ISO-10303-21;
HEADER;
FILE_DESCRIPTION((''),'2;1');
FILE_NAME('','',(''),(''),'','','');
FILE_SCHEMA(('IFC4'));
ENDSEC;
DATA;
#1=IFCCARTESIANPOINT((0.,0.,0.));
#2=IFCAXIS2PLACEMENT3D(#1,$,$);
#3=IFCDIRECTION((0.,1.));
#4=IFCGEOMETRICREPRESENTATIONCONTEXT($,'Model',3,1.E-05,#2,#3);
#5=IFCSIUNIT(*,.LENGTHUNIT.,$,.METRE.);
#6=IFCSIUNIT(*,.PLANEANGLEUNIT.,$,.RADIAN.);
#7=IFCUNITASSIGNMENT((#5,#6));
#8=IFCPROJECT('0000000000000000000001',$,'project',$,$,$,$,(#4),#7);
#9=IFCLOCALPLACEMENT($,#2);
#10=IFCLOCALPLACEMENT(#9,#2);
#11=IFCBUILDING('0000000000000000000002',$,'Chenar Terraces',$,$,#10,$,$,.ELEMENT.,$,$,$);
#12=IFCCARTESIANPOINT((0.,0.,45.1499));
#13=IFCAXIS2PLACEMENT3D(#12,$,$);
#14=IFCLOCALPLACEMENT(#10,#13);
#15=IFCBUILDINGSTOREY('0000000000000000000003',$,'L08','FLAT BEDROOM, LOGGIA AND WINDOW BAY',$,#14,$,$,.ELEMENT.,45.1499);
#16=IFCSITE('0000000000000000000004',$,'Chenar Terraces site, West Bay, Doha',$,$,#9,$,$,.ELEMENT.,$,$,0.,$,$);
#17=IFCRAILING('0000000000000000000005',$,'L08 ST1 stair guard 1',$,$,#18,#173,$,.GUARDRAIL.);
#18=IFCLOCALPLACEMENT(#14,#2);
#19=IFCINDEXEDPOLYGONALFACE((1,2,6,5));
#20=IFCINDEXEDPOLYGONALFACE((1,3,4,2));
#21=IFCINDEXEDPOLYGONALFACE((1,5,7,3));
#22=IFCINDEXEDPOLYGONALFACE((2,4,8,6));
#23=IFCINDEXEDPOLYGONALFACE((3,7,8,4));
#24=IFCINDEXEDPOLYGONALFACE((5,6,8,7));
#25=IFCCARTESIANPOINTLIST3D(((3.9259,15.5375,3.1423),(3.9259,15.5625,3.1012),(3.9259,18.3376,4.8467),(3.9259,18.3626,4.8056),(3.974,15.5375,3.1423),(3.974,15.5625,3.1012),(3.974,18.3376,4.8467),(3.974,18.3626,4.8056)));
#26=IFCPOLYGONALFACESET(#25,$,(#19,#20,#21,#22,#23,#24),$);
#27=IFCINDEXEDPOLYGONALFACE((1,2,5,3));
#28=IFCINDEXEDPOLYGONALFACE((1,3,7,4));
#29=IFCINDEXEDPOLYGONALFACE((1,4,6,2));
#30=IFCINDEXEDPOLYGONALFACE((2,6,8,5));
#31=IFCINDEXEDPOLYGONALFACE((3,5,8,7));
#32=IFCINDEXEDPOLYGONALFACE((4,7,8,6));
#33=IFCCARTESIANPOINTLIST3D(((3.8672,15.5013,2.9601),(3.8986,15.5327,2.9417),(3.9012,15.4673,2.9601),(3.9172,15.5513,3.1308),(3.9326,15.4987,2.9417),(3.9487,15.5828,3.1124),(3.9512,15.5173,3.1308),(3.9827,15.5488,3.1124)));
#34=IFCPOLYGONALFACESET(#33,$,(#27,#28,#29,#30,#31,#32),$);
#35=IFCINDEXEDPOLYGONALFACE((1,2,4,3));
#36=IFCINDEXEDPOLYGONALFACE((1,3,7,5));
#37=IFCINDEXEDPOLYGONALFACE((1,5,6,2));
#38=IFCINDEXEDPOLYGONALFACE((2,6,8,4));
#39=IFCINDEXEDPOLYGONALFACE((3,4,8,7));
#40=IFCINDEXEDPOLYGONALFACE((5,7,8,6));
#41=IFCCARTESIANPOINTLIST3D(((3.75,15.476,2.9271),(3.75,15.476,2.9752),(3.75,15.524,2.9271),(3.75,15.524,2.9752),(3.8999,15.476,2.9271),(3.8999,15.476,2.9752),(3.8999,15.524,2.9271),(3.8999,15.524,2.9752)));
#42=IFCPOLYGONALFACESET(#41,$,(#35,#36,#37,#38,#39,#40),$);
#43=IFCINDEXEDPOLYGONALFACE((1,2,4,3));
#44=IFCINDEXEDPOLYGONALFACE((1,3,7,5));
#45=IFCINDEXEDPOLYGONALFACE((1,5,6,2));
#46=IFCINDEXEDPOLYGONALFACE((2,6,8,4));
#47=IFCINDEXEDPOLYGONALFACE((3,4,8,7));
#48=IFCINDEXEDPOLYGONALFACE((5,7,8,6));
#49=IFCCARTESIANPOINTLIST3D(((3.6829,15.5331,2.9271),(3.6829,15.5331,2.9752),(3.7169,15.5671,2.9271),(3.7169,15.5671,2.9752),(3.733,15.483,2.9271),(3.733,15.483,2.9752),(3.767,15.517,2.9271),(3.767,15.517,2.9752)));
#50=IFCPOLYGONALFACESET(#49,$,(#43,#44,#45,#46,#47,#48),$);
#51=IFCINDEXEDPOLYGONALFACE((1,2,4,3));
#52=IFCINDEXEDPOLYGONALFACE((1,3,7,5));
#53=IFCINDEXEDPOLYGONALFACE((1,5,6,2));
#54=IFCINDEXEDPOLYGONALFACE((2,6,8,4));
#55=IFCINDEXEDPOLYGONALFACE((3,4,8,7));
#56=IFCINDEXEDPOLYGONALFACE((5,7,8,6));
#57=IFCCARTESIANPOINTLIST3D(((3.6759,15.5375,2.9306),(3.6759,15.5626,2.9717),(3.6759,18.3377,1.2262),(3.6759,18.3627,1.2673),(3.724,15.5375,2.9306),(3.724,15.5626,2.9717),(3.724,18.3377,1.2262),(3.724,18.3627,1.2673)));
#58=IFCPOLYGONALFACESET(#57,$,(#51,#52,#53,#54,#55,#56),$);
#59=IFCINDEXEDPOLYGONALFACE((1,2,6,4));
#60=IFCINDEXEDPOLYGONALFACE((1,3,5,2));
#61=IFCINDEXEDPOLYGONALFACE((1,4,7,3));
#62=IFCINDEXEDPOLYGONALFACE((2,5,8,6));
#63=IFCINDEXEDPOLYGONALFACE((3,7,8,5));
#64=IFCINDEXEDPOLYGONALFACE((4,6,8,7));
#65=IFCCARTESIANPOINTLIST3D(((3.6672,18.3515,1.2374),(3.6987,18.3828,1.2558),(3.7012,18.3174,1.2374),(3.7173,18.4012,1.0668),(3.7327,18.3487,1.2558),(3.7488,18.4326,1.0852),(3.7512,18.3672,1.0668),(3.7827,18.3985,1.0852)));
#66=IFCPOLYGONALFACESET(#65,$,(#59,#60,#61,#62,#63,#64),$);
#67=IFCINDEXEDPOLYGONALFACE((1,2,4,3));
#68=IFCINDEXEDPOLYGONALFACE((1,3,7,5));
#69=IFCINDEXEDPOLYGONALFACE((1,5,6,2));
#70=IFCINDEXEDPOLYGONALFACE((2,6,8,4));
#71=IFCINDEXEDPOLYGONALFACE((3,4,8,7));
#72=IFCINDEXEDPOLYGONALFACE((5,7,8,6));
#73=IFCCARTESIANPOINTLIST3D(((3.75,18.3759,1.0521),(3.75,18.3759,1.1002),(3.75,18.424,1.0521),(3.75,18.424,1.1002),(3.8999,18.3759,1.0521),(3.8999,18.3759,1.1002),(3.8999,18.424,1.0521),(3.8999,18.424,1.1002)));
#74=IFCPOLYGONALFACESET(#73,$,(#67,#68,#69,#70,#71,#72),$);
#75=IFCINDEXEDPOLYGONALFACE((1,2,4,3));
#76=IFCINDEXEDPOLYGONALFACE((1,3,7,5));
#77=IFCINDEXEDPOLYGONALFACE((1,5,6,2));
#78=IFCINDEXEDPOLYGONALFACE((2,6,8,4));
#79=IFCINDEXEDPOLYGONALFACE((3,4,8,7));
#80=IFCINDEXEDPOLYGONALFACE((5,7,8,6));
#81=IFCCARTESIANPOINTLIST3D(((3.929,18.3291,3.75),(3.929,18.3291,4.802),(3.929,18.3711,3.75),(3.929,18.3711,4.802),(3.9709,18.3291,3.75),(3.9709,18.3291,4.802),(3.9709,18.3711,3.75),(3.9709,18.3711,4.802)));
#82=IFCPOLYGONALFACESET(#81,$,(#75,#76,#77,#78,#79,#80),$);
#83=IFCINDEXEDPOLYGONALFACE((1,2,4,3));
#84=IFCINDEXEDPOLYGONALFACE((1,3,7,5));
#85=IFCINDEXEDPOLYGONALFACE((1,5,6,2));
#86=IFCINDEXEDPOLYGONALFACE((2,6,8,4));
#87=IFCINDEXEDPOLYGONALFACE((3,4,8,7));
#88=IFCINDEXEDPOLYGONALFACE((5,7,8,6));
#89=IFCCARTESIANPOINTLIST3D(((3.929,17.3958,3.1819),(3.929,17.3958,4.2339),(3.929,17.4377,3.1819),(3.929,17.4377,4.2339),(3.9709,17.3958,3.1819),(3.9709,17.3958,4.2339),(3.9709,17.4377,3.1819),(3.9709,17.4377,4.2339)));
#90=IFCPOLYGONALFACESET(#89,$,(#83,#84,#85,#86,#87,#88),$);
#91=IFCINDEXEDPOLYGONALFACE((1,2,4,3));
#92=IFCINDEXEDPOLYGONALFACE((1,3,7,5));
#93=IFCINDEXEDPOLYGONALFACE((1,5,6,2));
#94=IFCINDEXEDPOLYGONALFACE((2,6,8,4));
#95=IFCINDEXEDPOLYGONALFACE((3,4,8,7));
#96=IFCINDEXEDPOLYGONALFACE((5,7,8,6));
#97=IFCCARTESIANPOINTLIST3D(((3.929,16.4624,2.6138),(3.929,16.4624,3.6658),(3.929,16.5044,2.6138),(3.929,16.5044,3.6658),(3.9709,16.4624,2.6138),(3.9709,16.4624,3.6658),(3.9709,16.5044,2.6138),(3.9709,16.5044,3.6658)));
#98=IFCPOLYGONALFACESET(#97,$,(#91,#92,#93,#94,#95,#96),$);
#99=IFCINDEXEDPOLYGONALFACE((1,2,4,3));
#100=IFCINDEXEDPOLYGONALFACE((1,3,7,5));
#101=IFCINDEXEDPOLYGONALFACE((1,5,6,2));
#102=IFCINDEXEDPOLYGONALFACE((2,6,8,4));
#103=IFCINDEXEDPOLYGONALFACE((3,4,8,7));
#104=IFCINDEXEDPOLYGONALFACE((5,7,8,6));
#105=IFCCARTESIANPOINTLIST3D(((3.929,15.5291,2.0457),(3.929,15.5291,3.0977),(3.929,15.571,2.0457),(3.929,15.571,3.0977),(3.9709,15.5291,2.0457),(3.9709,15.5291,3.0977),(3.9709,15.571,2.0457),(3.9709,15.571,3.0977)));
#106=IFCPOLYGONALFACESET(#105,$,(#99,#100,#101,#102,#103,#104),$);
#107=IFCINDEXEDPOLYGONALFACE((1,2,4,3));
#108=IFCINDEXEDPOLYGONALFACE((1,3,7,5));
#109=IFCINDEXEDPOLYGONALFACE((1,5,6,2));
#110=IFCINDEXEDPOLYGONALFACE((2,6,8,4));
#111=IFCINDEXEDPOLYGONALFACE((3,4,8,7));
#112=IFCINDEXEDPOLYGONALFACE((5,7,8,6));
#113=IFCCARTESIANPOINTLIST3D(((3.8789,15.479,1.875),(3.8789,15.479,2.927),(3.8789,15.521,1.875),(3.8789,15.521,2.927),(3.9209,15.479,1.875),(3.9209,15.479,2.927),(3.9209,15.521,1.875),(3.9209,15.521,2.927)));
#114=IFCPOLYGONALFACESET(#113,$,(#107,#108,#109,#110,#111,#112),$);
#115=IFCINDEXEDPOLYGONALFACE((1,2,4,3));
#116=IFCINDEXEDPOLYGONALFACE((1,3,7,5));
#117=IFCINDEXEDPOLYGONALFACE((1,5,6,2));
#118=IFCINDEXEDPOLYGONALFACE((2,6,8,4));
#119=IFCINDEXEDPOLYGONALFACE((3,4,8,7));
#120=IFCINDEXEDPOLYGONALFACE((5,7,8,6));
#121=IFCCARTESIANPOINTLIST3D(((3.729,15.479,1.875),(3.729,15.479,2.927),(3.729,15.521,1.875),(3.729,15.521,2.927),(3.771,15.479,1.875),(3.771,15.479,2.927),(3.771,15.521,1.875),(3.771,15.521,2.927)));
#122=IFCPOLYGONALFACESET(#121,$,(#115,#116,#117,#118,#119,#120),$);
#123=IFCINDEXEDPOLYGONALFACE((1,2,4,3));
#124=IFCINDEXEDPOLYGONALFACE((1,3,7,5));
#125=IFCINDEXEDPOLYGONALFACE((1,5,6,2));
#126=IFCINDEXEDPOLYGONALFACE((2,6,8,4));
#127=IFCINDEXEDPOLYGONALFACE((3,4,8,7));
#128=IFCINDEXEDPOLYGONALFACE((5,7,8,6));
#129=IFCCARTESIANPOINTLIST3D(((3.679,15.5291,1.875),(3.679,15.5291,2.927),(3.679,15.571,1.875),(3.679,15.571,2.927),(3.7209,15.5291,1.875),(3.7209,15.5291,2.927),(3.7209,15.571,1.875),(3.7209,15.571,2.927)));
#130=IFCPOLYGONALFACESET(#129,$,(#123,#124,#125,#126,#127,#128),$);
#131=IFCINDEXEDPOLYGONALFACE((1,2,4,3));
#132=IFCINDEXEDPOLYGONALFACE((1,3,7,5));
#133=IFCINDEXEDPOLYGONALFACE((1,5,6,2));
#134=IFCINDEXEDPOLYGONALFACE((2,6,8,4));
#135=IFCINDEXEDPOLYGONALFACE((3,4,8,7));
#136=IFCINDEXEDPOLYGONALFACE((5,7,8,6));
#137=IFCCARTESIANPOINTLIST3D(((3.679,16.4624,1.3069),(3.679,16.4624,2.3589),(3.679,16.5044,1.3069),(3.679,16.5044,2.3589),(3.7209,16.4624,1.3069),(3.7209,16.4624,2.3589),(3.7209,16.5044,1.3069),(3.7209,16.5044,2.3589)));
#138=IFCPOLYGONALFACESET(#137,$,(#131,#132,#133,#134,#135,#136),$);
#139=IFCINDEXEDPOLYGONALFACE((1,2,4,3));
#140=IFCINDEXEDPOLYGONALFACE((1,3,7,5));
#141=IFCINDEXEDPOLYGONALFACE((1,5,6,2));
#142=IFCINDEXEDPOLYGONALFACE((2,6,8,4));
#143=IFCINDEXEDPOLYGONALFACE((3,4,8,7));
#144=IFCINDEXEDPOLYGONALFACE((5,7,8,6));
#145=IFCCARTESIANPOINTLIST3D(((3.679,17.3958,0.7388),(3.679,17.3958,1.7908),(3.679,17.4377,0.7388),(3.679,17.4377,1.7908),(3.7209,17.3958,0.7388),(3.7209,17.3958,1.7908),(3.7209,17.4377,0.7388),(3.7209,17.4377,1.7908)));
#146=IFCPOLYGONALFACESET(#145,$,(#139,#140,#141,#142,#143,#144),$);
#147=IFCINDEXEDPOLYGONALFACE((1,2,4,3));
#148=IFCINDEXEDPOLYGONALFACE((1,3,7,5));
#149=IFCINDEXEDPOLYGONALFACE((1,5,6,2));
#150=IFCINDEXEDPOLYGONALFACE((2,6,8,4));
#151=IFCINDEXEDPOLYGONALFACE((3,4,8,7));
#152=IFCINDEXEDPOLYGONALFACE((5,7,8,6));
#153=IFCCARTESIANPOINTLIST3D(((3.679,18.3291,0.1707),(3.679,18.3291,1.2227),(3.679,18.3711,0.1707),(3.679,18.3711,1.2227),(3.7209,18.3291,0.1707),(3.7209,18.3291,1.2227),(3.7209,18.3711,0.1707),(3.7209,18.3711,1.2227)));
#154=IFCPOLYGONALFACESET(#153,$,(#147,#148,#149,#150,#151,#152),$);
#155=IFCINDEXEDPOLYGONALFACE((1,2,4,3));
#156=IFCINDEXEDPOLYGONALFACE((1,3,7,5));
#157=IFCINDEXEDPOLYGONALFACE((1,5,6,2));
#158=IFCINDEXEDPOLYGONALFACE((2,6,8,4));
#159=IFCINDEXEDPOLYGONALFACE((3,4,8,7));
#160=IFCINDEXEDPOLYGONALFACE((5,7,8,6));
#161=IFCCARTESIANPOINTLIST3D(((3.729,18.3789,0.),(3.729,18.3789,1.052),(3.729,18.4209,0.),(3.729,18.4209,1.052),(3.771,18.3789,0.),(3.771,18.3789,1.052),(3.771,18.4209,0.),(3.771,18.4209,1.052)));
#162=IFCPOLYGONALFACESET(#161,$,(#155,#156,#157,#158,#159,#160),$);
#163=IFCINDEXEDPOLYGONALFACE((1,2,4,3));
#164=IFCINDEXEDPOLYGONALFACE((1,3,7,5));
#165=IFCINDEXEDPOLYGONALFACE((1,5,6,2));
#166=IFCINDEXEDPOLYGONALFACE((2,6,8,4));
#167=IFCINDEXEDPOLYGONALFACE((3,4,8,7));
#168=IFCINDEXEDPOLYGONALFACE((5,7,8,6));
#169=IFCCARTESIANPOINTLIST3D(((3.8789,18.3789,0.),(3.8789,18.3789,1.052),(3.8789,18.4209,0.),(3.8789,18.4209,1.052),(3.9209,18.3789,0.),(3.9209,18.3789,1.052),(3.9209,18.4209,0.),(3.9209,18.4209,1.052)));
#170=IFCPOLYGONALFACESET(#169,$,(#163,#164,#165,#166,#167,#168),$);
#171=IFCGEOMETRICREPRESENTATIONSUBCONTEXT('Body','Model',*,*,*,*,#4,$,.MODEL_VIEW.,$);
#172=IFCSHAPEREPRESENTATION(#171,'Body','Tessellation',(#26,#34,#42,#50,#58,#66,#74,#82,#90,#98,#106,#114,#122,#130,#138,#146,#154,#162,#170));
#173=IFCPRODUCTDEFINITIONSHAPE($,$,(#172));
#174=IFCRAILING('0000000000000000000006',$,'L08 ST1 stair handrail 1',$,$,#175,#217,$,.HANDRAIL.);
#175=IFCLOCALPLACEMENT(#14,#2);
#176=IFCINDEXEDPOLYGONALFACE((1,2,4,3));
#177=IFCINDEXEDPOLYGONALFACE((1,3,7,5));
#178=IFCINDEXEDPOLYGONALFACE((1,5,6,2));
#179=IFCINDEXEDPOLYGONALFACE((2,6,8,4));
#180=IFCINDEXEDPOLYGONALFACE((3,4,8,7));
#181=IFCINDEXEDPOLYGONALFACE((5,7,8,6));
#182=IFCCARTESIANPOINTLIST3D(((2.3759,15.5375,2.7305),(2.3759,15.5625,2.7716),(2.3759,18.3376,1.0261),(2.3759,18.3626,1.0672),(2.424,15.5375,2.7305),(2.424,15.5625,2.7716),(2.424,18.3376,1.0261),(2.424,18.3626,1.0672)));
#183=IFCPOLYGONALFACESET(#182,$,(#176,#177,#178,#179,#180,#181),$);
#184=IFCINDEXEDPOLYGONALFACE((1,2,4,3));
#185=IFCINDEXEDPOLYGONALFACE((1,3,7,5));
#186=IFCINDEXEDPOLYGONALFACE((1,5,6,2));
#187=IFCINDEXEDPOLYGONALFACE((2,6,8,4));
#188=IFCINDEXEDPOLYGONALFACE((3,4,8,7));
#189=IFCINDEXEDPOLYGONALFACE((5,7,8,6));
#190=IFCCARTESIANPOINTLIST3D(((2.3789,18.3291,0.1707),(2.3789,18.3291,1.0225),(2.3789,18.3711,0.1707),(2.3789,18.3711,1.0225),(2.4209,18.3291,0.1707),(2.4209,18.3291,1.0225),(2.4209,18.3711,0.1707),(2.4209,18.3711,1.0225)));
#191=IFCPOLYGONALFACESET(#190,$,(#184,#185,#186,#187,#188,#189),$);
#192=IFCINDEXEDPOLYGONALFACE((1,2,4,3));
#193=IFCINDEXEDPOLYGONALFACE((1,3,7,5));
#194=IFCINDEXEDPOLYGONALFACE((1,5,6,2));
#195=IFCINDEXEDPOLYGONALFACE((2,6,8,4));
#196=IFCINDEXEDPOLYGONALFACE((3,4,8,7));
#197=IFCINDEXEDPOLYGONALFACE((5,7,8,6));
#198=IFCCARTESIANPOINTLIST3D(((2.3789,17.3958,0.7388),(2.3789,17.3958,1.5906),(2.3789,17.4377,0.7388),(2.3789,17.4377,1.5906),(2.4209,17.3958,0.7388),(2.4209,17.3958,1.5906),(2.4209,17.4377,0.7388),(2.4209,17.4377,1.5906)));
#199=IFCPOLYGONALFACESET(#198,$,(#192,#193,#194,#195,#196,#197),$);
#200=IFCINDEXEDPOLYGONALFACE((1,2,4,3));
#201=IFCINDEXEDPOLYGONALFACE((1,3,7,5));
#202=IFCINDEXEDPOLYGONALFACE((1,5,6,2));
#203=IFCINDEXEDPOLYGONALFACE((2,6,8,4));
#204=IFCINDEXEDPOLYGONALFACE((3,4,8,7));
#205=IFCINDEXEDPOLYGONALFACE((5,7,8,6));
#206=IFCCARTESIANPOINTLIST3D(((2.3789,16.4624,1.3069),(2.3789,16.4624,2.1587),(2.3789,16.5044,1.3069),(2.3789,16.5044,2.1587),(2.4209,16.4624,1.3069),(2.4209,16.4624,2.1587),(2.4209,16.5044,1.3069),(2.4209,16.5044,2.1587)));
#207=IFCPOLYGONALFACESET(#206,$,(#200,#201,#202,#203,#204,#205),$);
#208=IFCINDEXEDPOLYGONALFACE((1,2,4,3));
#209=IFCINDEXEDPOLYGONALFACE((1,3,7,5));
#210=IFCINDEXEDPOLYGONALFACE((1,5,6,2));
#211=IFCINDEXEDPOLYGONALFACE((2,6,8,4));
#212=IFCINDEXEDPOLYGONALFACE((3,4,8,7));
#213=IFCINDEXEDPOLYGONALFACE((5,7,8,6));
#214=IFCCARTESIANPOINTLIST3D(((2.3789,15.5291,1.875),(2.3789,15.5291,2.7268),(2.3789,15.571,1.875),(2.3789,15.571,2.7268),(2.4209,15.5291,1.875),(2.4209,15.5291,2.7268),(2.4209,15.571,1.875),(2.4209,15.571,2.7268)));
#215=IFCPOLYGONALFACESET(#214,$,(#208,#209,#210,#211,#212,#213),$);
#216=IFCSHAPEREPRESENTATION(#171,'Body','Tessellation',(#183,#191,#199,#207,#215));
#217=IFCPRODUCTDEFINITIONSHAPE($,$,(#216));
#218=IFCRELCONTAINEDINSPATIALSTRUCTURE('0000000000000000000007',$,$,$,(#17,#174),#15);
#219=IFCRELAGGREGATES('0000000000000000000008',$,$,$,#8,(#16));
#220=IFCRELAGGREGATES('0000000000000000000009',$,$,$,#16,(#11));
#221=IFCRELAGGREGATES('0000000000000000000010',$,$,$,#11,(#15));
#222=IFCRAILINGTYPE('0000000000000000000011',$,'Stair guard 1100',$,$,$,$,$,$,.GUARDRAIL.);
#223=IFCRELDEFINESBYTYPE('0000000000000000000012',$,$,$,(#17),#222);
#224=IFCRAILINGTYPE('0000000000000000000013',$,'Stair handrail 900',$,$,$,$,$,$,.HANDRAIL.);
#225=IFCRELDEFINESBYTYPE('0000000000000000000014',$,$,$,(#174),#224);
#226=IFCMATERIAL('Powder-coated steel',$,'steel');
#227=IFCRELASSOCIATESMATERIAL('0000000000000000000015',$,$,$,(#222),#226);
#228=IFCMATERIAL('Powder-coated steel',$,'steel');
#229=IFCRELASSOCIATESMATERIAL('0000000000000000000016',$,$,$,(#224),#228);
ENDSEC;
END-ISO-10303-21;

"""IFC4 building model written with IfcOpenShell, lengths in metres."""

from ifc_helpers import new_model, si_unit, direction, frame, origin, origin_2d, place, context, subcontext, project, spatial, rectangle, extrude, material, type_object, element, save


model = new_model("IFC4")

# Units and contexts
model_context = context("Model", 3, precision=1e-05, world=origin(), true_north=direction((0.0, 1.0)))
body_context = subcontext(model_context, "Body", "Model", "MODEL_VIEW")
ifc_project = project(units=[si_unit("LENGTHUNIT", "METRE"), si_unit("PLANEANGLEUNIT", "RADIAN")], contexts=[model_context])

# Site, building, storey
site_placement = place(None, origin())
site = spatial("IfcSite", under=ifc_project, at=site_placement, Name="Chenar Terraces site, West Bay, Doha", CompositionType="ELEMENT", RefElevation=0.0)
building_placement = place(site_placement, origin())
building = spatial("IfcBuilding", under=site, at=building_placement, Name="Chenar Terraces", CompositionType="ELEMENT")
storey_placement = place(building_placement, frame((0.0, 0.0, 45.1499)))
storey = spatial("IfcBuildingStorey", under=building, at=storey_placement, Name="L08", Description="FLAT BEDROOM, LOGGIA AND WINDOW BAY", CompositionType="ELEMENT", Elevation=45.1499)

# Railings
ifc_material_1 = material(Name="Powder-coated steel", Category="steel")
railing_type_1 = type_object("IfcRailingType", Name="Stair guard 1100", PredefinedType="GUARDRAIL", material=ifc_material_1)
railing_1_placement = place(storey_placement, frame((3.95, 18.3501, 3.75)))
element("IfcRailing", 1, at=railing_1_placement, inside=storey, type_object=railing_type_1, Name="L08 ST1 stair guard 1", PredefinedType="GUARDRAIL", context=body_context, shape_type="SweptSolid", body=[
    extrude(rectangle(XDim=0.0481, YDim=0.0481, at=origin_2d()), frame((0.0, 0.0, 1.0762), z_axis=(0.0, -0.854203, -0.51994), x_axis=(1.0, 0.0, 0.0)), (0.0, 0.0, 1.0), 3.2781),
    extrude(rectangle(XDim=0.0481, YDim=0.0481, at=origin_2d()), frame((0.0, -2.8, -0.6284), z_axis=(-0.2709, -0.2709, -0.923703), x_axis=(0.707107, -0.707107, 0.0)), (0.0, 0.0, 1.0), 0.1848),
    extrude(rectangle(XDim=0.0481, YDim=0.0481, at=origin_2d()), frame((-0.05, -2.8501, -0.7988), z_axis=(-1.0, 0.0, 0.0), x_axis=(0.0, -1.0, 0.0)), (0.0, 0.0, 1.0), 0.1499),
    extrude(rectangle(XDim=0.0481, YDim=0.0481, at=origin_2d()), frame((-0.2, -2.8501, -0.7988), z_axis=(-0.707107, 0.707107, 0.0), x_axis=(-0.707107, -0.707107, 0.0)), (0.0, 0.0, 1.0), 0.0708),
    extrude(rectangle(XDim=0.0481, YDim=0.0481, at=origin_2d()), frame((-0.25, -2.8, -0.7988), z_axis=(0.0, 0.854203, -0.51994), x_axis=(-1.0, 0.0, 0.0)), (0.0, 0.0, 1.0), 3.2781),
    extrude(rectangle(XDim=0.0481, YDim=0.0481, at=origin_2d()), frame((-0.25, 0.0, -2.5034), z_axis=(0.270997, 0.269675, -0.924033), x_axis=(-0.705376, 0.708834, 0.0)), (0.0, 0.0, 1.0), 0.1846),
    extrude(rectangle(XDim=0.0481, YDim=0.0481, at=origin_2d()), frame((-0.2, 0.0498, -2.6738), z_axis=(1.0, 0.0, 0.0), x_axis=(0.0, 1.0, 0.0)), (0.0, 0.0, 1.0), 0.1499),
    extrude(rectangle(XDim=0.042, YDim=0.042, at=origin_2d()), origin(), (0.0, 0.0, 1.0), 1.052),
    extrude(rectangle(XDim=0.042, YDim=0.042, at=origin_2d()), frame((0.0, -0.9333, -0.5681)), (0.0, 0.0, 1.0), 1.052),
    extrude(rectangle(XDim=0.042, YDim=0.042, at=origin_2d()), frame((0.0, -1.8667, -1.1362)), (0.0, 0.0, 1.0), 1.052),
    extrude(rectangle(XDim=0.042, YDim=0.042, at=origin_2d()), frame((0.0, -2.8, -1.7043)), (0.0, 0.0, 1.0), 1.052),
    extrude(rectangle(XDim=0.042, YDim=0.042, at=origin_2d()), frame((-0.05, -2.8501, -1.875)), (0.0, 0.0, 1.0), 1.052),
    extrude(rectangle(XDim=0.042, YDim=0.042, at=origin_2d()), frame((-0.2, -2.8501, -1.875)), (0.0, 0.0, 1.0), 1.052),
    extrude(rectangle(XDim=0.042, YDim=0.042, at=origin_2d()), frame((-0.25, -2.8, -1.875)), (0.0, 0.0, 1.0), 1.052),
    extrude(rectangle(XDim=0.042, YDim=0.042, at=origin_2d()), frame((-0.25, -1.8667, -2.4431)), (0.0, 0.0, 1.0), 1.052),
    extrude(rectangle(XDim=0.042, YDim=0.042, at=origin_2d()), frame((-0.25, -0.9333, -3.0112)), (0.0, 0.0, 1.0), 1.052),
    extrude(rectangle(XDim=0.042, YDim=0.042, at=origin_2d()), frame((-0.25, 0.0, -3.5793)), (0.0, 0.0, 1.0), 1.052),
    extrude(rectangle(XDim=0.042, YDim=0.042, at=origin_2d()), frame((-0.2, 0.0498, -3.75)), (0.0, 0.0, 1.0), 1.052),
    extrude(rectangle(XDim=0.042, YDim=0.042, at=origin_2d()), frame((-0.05, 0.0498, -3.75)), (0.0, 0.0, 1.0), 1.052),
])
ifc_material_2 = material(Name="Powder-coated steel", Category="steel")
railing_type_2 = type_object("IfcRailingType", Name="Stair handrail 900", PredefinedType="HANDRAIL", material=ifc_material_2)
railing_2_placement = place(storey_placement, frame((2.3999, 18.3501, 0.1707)))
element("IfcRailing", 2, at=railing_2_placement, inside=storey, type_object=railing_type_2, Name="L08 ST1 stair handrail 1", PredefinedType="HANDRAIL", context=body_context, shape_type="SweptSolid", body=[
    extrude(rectangle(XDim=0.0481, YDim=0.0481, at=origin_2d()), frame((0.0, 0.0, 0.876), z_axis=(0.0, -0.854203, 0.51994), x_axis=(1.0, 0.0, 0.0)), (0.0, 0.0, 1.0), 3.2781),
    extrude(rectangle(XDim=0.042, YDim=0.042, at=origin_2d()), origin(), (0.0, 0.0, 1.0), 0.8518),
    extrude(rectangle(XDim=0.042, YDim=0.042, at=origin_2d()), frame((0.0, -0.9333, 0.5681)), (0.0, 0.0, 1.0), 0.8518),
    extrude(rectangle(XDim=0.042, YDim=0.042, at=origin_2d()), frame((0.0, -1.8667, 1.1362)), (0.0, 0.0, 1.0), 0.8518),
    extrude(rectangle(XDim=0.042, YDim=0.042, at=origin_2d()), frame((0.0, -2.8, 1.7043)), (0.0, 0.0, 1.0), 0.8518),
])

save(model, "model.ifc")
